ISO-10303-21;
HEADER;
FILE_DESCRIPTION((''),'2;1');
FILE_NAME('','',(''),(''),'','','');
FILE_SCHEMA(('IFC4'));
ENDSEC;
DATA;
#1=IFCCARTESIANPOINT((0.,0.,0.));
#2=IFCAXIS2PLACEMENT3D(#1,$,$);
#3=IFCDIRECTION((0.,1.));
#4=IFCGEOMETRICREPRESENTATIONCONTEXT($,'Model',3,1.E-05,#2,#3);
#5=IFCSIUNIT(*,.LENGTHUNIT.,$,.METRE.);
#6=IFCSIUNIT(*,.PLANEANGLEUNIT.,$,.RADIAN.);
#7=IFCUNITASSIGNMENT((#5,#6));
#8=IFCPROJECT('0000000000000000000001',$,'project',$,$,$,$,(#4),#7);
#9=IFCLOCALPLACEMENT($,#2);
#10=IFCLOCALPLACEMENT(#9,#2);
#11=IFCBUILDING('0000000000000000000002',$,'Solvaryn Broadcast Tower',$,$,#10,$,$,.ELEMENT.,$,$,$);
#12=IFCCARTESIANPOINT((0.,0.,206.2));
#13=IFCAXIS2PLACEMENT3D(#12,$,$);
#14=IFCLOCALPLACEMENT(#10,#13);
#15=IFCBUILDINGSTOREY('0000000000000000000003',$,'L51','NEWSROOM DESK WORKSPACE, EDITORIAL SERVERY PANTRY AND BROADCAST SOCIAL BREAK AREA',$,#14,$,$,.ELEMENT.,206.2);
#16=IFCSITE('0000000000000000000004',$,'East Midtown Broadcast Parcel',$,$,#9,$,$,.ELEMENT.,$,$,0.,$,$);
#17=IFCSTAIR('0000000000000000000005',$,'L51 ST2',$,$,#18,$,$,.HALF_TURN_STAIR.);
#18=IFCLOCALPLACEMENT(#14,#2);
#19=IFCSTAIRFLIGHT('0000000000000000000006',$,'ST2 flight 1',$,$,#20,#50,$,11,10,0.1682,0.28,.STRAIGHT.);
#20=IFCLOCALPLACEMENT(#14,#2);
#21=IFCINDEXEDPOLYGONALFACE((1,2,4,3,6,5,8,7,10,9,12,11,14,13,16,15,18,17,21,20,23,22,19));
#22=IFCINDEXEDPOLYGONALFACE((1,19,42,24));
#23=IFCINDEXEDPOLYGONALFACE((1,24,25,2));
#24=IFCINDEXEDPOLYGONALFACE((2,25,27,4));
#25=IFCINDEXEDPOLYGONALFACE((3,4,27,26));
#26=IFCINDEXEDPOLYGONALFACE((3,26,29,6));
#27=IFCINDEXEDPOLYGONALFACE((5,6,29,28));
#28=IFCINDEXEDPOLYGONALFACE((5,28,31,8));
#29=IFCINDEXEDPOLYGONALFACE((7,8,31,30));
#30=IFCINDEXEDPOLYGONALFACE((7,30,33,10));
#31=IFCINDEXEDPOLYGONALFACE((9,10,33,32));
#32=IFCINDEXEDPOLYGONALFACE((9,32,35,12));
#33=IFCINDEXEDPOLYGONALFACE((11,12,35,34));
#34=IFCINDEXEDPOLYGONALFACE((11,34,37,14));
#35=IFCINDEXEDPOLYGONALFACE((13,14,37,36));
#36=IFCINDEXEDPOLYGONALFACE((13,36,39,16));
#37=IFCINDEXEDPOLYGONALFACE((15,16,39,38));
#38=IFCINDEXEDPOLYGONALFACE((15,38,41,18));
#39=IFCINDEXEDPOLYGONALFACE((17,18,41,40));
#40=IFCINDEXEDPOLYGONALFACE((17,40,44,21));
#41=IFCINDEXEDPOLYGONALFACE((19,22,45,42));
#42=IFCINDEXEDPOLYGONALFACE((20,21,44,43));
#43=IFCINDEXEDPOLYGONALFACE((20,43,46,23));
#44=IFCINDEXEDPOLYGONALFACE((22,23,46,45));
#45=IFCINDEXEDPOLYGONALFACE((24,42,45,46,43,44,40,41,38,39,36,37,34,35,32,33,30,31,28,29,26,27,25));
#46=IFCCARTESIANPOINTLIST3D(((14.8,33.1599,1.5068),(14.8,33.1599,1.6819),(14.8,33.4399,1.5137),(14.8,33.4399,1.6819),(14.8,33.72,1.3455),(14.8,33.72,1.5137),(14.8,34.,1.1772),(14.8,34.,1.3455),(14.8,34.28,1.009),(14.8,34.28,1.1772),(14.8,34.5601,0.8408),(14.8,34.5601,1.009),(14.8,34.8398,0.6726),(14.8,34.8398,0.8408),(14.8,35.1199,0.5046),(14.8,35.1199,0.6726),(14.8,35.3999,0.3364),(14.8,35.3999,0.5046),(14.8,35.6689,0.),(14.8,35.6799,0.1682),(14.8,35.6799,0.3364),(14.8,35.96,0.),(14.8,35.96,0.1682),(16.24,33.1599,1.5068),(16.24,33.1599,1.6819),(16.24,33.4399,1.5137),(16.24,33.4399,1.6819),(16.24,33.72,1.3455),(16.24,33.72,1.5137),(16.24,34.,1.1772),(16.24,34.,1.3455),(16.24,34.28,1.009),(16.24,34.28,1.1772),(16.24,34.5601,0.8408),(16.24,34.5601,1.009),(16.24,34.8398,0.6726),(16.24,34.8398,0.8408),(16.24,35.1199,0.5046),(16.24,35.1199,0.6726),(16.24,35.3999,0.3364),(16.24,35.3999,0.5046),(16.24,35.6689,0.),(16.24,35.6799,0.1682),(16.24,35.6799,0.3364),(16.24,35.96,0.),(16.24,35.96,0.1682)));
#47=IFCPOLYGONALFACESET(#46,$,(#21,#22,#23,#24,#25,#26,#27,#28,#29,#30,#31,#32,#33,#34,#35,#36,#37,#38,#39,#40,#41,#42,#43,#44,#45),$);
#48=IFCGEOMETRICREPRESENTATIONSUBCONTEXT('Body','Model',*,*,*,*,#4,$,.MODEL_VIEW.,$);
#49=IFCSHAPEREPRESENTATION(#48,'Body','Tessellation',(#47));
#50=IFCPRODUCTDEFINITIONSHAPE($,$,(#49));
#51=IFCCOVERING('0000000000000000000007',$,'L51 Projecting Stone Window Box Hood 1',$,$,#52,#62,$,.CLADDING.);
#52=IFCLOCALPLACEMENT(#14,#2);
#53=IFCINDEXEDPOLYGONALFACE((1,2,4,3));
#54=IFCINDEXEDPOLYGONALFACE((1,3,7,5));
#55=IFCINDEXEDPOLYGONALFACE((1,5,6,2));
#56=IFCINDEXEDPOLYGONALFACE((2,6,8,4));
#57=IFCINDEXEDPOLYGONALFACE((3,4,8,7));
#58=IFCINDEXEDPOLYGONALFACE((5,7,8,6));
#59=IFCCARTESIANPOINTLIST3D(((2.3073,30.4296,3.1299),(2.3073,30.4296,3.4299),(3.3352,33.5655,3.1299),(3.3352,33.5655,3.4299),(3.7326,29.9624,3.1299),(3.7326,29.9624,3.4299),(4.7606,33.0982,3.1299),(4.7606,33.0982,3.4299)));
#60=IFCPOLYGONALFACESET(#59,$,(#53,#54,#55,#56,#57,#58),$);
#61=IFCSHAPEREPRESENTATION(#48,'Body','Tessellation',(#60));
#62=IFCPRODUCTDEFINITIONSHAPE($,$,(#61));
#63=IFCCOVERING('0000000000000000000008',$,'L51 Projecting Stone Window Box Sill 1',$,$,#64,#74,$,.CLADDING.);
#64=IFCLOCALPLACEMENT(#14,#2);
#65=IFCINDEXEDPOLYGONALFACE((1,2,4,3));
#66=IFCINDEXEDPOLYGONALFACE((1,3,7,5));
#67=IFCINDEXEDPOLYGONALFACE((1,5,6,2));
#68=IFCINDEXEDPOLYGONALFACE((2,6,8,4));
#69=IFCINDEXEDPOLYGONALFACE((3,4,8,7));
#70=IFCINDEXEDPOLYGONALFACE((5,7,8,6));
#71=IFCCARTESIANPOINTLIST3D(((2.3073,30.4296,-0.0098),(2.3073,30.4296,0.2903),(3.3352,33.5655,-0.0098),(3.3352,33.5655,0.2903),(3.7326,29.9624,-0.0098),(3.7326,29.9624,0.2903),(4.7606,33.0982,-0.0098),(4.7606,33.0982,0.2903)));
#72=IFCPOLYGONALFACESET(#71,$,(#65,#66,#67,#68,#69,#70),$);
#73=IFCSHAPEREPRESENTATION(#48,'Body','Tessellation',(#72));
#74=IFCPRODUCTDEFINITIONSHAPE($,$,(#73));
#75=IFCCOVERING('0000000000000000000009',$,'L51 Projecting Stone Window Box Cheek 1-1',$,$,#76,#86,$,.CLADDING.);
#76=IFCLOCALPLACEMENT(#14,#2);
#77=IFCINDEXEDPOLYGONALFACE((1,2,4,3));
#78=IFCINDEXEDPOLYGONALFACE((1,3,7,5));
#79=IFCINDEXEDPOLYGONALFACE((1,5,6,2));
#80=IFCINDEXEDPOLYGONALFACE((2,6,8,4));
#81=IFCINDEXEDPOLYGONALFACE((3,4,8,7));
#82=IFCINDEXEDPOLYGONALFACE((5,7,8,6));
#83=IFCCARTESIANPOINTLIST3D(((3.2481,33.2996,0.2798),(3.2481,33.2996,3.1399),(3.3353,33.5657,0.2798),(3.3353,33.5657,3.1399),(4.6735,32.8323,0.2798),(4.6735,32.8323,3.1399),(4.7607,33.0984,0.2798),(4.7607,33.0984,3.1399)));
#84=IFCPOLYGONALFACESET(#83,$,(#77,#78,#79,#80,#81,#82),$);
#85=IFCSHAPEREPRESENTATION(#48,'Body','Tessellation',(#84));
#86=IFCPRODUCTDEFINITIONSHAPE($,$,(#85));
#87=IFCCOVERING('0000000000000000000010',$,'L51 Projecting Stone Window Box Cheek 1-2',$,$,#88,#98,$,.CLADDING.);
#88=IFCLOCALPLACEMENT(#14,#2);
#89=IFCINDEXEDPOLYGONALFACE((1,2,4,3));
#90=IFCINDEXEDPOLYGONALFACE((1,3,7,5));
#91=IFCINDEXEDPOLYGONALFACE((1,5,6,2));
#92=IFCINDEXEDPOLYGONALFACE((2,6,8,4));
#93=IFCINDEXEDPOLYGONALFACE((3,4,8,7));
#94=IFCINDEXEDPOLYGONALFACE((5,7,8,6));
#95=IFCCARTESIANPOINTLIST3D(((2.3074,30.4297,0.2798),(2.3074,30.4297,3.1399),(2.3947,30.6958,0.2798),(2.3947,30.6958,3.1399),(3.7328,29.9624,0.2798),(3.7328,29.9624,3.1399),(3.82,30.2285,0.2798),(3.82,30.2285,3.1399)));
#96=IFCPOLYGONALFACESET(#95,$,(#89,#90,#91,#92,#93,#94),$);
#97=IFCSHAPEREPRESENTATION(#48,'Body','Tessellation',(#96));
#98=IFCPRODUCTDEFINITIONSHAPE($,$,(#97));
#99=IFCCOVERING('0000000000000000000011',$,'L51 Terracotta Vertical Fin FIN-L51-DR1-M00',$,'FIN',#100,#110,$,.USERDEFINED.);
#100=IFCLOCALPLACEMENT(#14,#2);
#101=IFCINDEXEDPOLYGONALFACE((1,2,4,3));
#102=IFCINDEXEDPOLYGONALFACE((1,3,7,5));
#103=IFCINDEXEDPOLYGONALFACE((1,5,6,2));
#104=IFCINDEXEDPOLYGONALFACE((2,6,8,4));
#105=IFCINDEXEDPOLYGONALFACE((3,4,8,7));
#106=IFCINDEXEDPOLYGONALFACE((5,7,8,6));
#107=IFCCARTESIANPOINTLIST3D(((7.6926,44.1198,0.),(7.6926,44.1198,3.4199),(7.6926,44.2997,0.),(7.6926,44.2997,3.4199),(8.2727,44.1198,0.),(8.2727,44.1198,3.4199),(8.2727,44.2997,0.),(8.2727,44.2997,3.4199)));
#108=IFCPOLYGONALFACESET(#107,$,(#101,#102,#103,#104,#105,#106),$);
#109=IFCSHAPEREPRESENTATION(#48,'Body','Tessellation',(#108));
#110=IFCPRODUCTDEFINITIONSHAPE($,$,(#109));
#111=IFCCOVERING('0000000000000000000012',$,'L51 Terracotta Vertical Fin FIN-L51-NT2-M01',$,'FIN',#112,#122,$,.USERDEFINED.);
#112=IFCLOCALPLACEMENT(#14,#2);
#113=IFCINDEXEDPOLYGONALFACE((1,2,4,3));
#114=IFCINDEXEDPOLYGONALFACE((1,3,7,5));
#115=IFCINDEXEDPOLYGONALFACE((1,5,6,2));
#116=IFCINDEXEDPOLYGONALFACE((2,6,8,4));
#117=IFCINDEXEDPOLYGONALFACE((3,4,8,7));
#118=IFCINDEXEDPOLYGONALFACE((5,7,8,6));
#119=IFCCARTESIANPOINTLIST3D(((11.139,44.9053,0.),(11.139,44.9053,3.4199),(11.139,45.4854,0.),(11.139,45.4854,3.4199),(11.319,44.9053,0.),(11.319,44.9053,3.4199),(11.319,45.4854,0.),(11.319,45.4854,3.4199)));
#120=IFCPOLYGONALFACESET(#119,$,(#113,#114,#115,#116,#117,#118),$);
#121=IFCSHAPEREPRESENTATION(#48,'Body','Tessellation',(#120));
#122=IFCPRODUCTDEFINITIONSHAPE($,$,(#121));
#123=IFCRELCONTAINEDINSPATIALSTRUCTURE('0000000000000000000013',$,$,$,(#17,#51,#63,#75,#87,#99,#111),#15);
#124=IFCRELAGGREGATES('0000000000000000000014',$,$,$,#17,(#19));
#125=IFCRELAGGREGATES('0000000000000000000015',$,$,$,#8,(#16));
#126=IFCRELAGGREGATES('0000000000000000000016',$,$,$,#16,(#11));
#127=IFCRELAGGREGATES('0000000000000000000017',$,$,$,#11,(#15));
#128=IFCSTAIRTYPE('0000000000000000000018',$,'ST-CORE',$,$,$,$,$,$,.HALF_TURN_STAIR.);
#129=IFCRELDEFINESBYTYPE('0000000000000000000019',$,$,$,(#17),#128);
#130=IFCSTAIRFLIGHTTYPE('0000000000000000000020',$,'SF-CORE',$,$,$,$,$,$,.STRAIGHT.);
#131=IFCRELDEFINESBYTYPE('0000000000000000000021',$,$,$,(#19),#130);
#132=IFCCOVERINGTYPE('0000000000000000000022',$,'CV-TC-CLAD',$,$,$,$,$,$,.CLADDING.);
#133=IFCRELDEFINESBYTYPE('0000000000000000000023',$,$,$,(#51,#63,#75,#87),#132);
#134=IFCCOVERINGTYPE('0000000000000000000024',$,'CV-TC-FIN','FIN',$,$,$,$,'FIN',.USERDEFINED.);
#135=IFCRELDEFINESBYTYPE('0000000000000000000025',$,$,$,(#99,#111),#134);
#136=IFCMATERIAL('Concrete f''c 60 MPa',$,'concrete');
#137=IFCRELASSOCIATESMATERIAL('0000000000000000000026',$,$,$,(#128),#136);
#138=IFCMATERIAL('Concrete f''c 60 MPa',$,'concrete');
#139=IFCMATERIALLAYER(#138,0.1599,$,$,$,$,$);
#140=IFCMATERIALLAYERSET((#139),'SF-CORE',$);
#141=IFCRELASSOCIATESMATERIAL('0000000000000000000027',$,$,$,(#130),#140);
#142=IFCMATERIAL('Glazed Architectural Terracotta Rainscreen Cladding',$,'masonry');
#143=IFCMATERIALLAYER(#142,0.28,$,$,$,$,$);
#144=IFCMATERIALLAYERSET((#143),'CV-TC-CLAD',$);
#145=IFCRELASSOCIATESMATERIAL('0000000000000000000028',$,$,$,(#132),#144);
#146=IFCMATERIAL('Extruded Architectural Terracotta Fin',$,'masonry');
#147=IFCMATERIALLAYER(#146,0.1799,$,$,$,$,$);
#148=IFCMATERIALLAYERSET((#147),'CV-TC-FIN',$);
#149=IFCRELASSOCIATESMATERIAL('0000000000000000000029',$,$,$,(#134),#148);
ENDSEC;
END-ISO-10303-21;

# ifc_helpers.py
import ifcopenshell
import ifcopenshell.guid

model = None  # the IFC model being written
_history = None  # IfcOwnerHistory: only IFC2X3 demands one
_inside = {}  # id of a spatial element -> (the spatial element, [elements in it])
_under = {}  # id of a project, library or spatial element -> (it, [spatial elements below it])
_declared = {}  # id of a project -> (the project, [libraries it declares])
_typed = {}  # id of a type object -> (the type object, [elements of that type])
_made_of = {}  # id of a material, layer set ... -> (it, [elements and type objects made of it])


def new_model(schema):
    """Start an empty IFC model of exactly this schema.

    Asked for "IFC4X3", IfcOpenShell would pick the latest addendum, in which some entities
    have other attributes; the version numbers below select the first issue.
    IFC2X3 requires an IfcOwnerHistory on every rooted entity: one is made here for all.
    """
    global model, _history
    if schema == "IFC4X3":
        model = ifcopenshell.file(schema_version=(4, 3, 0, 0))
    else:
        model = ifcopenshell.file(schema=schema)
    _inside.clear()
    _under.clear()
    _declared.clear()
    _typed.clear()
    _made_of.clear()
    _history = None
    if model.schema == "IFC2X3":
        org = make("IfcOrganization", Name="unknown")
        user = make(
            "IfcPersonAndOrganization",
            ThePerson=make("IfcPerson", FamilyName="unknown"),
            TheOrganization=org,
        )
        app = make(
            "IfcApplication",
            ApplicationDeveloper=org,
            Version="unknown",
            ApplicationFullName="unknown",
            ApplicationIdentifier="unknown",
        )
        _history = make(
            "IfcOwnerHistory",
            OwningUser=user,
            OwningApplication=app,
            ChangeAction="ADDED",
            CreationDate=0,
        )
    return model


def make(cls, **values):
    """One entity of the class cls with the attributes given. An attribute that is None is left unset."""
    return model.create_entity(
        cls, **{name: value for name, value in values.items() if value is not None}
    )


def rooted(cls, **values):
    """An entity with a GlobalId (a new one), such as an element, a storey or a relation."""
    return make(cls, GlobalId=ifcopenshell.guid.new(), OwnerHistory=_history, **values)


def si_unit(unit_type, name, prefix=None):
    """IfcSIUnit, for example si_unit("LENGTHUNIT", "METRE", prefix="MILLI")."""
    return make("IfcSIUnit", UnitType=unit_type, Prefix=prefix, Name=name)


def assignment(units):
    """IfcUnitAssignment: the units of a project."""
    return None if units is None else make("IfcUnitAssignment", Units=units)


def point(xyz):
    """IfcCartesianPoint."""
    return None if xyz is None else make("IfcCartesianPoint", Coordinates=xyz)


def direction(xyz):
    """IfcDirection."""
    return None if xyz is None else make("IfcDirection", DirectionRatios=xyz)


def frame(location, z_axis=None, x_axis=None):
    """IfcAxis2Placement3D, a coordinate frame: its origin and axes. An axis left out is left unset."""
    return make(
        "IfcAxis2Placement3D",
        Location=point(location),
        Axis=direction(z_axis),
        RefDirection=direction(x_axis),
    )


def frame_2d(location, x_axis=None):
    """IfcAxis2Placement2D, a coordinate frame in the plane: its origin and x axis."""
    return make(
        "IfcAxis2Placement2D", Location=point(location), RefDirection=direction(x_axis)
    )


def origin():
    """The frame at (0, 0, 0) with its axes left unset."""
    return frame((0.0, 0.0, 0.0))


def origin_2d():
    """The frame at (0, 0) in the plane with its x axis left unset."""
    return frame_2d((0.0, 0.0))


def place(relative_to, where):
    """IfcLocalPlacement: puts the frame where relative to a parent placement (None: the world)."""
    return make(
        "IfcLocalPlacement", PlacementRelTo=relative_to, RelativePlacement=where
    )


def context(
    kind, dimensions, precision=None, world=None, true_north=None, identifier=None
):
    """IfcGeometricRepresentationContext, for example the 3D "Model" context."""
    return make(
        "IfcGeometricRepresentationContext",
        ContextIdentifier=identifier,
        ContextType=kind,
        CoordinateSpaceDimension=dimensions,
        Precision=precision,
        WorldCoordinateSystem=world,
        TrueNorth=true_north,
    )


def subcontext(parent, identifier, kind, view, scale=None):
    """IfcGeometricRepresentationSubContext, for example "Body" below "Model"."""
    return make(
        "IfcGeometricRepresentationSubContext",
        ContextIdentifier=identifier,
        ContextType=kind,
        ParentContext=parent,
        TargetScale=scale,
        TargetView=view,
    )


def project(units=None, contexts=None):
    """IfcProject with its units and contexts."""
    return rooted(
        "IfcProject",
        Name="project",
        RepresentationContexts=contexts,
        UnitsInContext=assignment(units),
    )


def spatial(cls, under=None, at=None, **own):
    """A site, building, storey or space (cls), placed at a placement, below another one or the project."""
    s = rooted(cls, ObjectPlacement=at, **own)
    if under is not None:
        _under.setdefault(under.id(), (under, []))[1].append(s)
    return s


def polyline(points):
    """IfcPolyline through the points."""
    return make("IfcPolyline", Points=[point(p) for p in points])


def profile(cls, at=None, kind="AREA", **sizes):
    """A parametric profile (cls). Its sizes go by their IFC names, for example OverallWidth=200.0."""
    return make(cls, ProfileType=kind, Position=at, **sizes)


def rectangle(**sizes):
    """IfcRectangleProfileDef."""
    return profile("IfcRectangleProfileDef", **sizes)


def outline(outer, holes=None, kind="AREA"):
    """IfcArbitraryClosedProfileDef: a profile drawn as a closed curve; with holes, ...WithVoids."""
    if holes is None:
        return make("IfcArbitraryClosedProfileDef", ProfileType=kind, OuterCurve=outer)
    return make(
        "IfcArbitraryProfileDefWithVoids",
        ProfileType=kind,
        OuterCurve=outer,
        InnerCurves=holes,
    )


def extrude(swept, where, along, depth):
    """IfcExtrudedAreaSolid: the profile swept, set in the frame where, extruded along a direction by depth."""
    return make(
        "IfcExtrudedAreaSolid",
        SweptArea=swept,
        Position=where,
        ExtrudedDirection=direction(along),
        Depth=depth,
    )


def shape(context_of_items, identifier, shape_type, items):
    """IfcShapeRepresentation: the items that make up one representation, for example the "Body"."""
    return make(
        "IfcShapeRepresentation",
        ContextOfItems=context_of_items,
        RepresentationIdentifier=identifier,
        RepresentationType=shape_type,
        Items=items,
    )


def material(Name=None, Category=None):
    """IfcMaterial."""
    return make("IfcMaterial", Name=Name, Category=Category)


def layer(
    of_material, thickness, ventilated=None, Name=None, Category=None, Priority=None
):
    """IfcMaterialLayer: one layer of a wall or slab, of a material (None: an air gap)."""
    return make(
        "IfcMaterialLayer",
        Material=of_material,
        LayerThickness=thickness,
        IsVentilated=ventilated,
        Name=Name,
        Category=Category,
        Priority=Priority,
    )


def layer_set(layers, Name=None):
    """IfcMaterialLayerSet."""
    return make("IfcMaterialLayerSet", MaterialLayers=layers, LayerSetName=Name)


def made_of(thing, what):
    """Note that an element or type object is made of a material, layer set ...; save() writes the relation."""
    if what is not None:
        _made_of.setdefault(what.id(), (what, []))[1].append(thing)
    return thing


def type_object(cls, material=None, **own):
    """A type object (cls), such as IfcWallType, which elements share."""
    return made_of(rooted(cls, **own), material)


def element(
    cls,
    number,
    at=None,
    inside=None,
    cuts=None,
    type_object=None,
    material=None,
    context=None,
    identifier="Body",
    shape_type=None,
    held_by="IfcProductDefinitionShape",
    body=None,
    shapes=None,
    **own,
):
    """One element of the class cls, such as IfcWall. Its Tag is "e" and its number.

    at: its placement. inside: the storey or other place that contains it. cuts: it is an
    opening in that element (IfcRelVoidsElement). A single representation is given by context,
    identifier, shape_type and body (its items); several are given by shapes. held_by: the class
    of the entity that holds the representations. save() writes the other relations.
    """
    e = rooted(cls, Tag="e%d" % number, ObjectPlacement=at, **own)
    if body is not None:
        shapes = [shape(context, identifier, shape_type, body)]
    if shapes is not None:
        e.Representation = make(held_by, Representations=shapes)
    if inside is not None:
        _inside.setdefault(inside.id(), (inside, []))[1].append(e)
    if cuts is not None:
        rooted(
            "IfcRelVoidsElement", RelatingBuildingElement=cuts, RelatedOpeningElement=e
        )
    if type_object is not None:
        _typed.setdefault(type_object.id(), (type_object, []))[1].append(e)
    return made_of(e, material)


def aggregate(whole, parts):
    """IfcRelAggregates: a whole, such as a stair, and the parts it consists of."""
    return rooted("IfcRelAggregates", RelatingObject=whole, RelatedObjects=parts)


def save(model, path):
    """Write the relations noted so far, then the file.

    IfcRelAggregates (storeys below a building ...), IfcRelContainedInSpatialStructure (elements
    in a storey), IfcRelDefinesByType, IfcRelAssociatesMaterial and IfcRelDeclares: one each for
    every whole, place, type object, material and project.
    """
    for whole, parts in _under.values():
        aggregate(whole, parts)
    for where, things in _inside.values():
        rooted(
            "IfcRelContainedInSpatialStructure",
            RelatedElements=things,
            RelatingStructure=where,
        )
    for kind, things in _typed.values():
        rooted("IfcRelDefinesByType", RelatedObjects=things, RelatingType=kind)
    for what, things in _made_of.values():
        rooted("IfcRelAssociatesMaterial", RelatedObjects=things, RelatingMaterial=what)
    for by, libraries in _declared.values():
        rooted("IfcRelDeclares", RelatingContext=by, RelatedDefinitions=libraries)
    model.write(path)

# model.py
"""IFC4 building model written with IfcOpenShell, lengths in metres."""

from ifc_helpers import new_model, si_unit, direction, frame, origin, origin_2d, place, context, subcontext, project, spatial, polyline, rectangle, outline, extrude, material, layer, layer_set, type_object, element, aggregate, save


model = new_model("IFC4")

# Units and contexts
model_context = context("Model", 3, precision=1e-05, world=origin(), true_north=direction((0.0, 1.0)))
body_context = subcontext(model_context, "Body", "Model", "MODEL_VIEW")
ifc_project = project(units=[si_unit("LENGTHUNIT", "METRE"), si_unit("PLANEANGLEUNIT", "RADIAN")], contexts=[model_context])

# Site, building, storey
site_placement = place(None, origin())
site = spatial("IfcSite", under=ifc_project, at=site_placement, Name="East Midtown Broadcast Parcel", CompositionType="ELEMENT", RefElevation=0.0)
building_placement = place(site_placement, origin())
building = spatial("IfcBuilding", under=site, at=building_placement, Name="Solvaryn Broadcast Tower", CompositionType="ELEMENT")
storey_placement = place(building_placement, frame((0.0, 0.0, 206.2)))
storey = spatial("IfcBuildingStorey", under=building, at=storey_placement, Name="L51", Description="NEWSROOM DESK WORKSPACE, EDITORIAL SERVERY PANTRY AND BROADCAST SOCIAL BREAK AREA", CompositionType="ELEMENT", Elevation=206.2)

# Shared definitions
ifc_material_1 = material(Name="Concrete f'c 60 MPa", Category="concrete")
stair_type = type_object("IfcStairType", Name="ST-CORE", PredefinedType="HALF_TURN_STAIR", material=ifc_material_1)
ifc_material_2 = material(Name="Concrete f'c 60 MPa", Category="concrete")
ifc_layer_1 = layer(ifc_material_2, 0.1599)
ifc_layer_set_1 = layer_set([ifc_layer_1], Name="SF-CORE")
stair_flight_type = type_object("IfcStairFlightType", Name="SF-CORE", PredefinedType="STRAIGHT", material=ifc_layer_set_1)

# Stair, stair flight
stair_1_placement = place(storey_placement, origin())
stair_1 = element("IfcStair", 1, at=stair_1_placement, inside=storey, type_object=stair_type, Name="L51 ST2", PredefinedType="HALF_TURN_STAIR")
stair_flight_1_placement = place(storey_placement, frame((15.52, 35.96, 0.0), z_axis=(0.0, 0.0, 1.0), x_axis=(0.0, -1.0, 0.0)))
stair_flight_1 = element("IfcStairFlight", 2, at=stair_flight_1_placement, type_object=stair_flight_type, Name="ST2 flight 1", NumberOfRisers=11, NumberOfTreads=10, PredefinedType="STRAIGHT", RiserHeight=0.1682, TreadLength=0.28, context=body_context, shape_type="SweptSolid", body=[
    extrude(outline(polyline([(0.0, 0.0), (0.0, 0.1682), (0.28, 0.1682), (0.28, 0.3364), (0.5601, 0.3364), (0.5601, 0.5046), (0.8401, 0.5046), (0.8401, 0.6726), (1.1201, 0.6726), (1.1201, 0.8408), (1.3999, 0.8408), (1.3999, 1.009), (1.6799, 1.009), (1.6799, 1.1772), (1.96, 1.1772), (1.96, 1.3455), (2.24, 1.3455), (2.24, 1.5137), (2.52, 1.5137), (2.52, 1.6819), (2.8, 1.6819), (2.8, 1.8501), (2.8, 1.5068), (0.291, 0.0), (0.0, 0.0)])), frame((0.0, 0.72, 0.0), z_axis=(0.0, -1.0, 0.0), x_axis=(1.0, 0.0, 0.0)), (0.0, 0.0, 1.0), 1.4399),
])
aggregate(stair_1, [stair_flight_1])

# Coverings
ifc_material_3 = material(Name="Glazed Architectural Terracotta Rainscreen Cladding", Category="masonry")
ifc_layer_2 = layer(ifc_material_3, 0.28)
ifc_layer_set_2 = layer_set([ifc_layer_2], Name="CV-TC-CLAD")
covering_type_1 = type_object("IfcCoveringType", Name="CV-TC-CLAD", PredefinedType="CLADDING", material=ifc_layer_set_2)
for number, where, z_axis, x_axis, name in (
    (3, (3.5339, 31.7639, 3.1299), (0.0, 0.0, 1.0), (-0.311506, -0.950244, 0.0), "L51 Projecting Stone Window Box Hood 1"),
    (4, (3.5339, 31.7639, -0.0098), (0.0, 0.0, 1.0), (-0.311506, -0.950244, 0.0), "L51 Projecting Stone Window Box Sill 1"),
):
    element("IfcCovering", number, at=place(storey_placement, frame(where, z_axis=z_axis, x_axis=x_axis)), inside=storey, type_object=covering_type_1, Name=name, PredefinedType="CLADDING", context=body_context, shape_type="SweptSolid", body=[
        extrude(rectangle(XDim=3.3, YDim=1.5, at=origin_2d()), origin(), (0.0, 0.0, 1.0), 0.3),
    ])
for number, where, z_axis, x_axis, name in (
    (5, (4.0044, 33.199, 0.2798), (0.0, 0.0, 1.0), (-0.311506, -0.950244, 0.0), "L51 Projecting Stone Window Box Cheek 1-1"),
    (6, (3.0637, 30.3291, 0.2798), (0.0, 0.0, 1.0), (-0.311506, -0.950244, 0.0), "L51 Projecting Stone Window Box Cheek 1-2"),
):
    element("IfcCovering", number, at=place(storey_placement, frame(where, z_axis=z_axis, x_axis=x_axis)), inside=storey, type_object=covering_type_1, Name=name, PredefinedType="CLADDING", context=body_context, shape_type="SweptSolid", body=[
        extrude(rectangle(XDim=0.28, YDim=1.5, at=origin_2d()), origin(), (0.0, 0.0, 1.0), 2.8601),
    ])
ifc_material_4 = material(Name="Extruded Architectural Terracotta Fin", Category="masonry")
ifc_layer_3 = layer(ifc_material_4, 0.1799)
ifc_layer_set_3 = layer_set([ifc_layer_3], Name="CV-TC-FIN")
covering_type_2 = type_object("IfcCoveringType", Name="CV-TC-FIN", Description="FIN", ElementType="FIN", PredefinedType="USERDEFINED", material=ifc_layer_set_3)
covering_1_placement = place(storey_placement, frame((7.9827, 44.2097, 0.0), z_axis=(0.0, 0.0, 1.0), x_axis=(1.0, 0.0, 0.0)))
element("IfcCovering", 7, at=covering_1_placement, inside=storey, type_object=covering_type_2, Name="L51 Terracotta Vertical Fin FIN-L51-DR1-M00", ObjectType="FIN", PredefinedType="USERDEFINED", context=body_context, shape_type="SweptSolid", body=[
    extrude(rectangle(XDim=0.5801, YDim=0.1799, at=origin_2d()), origin(), (0.0, 0.0, 1.0), 3.4199),
])
covering_2_placement = place(storey_placement, frame((11.229, 45.1953, 0.0), z_axis=(0.0, 0.0, 1.0), x_axis=(1.0, 0.0, 0.0)))
element("IfcCovering", 8, at=covering_2_placement, inside=storey, type_object=covering_type_2, Name="L51 Terracotta Vertical Fin FIN-L51-NT2-M01", ObjectType="FIN", PredefinedType="USERDEFINED", context=body_context, shape_type="SweptSolid", body=[
    extrude(rectangle(XDim=0.1799, YDim=0.5801, at=origin_2d()), origin(), (0.0, 0.0, 1.0), 3.4199),
])

save(model, "model.ifc")
